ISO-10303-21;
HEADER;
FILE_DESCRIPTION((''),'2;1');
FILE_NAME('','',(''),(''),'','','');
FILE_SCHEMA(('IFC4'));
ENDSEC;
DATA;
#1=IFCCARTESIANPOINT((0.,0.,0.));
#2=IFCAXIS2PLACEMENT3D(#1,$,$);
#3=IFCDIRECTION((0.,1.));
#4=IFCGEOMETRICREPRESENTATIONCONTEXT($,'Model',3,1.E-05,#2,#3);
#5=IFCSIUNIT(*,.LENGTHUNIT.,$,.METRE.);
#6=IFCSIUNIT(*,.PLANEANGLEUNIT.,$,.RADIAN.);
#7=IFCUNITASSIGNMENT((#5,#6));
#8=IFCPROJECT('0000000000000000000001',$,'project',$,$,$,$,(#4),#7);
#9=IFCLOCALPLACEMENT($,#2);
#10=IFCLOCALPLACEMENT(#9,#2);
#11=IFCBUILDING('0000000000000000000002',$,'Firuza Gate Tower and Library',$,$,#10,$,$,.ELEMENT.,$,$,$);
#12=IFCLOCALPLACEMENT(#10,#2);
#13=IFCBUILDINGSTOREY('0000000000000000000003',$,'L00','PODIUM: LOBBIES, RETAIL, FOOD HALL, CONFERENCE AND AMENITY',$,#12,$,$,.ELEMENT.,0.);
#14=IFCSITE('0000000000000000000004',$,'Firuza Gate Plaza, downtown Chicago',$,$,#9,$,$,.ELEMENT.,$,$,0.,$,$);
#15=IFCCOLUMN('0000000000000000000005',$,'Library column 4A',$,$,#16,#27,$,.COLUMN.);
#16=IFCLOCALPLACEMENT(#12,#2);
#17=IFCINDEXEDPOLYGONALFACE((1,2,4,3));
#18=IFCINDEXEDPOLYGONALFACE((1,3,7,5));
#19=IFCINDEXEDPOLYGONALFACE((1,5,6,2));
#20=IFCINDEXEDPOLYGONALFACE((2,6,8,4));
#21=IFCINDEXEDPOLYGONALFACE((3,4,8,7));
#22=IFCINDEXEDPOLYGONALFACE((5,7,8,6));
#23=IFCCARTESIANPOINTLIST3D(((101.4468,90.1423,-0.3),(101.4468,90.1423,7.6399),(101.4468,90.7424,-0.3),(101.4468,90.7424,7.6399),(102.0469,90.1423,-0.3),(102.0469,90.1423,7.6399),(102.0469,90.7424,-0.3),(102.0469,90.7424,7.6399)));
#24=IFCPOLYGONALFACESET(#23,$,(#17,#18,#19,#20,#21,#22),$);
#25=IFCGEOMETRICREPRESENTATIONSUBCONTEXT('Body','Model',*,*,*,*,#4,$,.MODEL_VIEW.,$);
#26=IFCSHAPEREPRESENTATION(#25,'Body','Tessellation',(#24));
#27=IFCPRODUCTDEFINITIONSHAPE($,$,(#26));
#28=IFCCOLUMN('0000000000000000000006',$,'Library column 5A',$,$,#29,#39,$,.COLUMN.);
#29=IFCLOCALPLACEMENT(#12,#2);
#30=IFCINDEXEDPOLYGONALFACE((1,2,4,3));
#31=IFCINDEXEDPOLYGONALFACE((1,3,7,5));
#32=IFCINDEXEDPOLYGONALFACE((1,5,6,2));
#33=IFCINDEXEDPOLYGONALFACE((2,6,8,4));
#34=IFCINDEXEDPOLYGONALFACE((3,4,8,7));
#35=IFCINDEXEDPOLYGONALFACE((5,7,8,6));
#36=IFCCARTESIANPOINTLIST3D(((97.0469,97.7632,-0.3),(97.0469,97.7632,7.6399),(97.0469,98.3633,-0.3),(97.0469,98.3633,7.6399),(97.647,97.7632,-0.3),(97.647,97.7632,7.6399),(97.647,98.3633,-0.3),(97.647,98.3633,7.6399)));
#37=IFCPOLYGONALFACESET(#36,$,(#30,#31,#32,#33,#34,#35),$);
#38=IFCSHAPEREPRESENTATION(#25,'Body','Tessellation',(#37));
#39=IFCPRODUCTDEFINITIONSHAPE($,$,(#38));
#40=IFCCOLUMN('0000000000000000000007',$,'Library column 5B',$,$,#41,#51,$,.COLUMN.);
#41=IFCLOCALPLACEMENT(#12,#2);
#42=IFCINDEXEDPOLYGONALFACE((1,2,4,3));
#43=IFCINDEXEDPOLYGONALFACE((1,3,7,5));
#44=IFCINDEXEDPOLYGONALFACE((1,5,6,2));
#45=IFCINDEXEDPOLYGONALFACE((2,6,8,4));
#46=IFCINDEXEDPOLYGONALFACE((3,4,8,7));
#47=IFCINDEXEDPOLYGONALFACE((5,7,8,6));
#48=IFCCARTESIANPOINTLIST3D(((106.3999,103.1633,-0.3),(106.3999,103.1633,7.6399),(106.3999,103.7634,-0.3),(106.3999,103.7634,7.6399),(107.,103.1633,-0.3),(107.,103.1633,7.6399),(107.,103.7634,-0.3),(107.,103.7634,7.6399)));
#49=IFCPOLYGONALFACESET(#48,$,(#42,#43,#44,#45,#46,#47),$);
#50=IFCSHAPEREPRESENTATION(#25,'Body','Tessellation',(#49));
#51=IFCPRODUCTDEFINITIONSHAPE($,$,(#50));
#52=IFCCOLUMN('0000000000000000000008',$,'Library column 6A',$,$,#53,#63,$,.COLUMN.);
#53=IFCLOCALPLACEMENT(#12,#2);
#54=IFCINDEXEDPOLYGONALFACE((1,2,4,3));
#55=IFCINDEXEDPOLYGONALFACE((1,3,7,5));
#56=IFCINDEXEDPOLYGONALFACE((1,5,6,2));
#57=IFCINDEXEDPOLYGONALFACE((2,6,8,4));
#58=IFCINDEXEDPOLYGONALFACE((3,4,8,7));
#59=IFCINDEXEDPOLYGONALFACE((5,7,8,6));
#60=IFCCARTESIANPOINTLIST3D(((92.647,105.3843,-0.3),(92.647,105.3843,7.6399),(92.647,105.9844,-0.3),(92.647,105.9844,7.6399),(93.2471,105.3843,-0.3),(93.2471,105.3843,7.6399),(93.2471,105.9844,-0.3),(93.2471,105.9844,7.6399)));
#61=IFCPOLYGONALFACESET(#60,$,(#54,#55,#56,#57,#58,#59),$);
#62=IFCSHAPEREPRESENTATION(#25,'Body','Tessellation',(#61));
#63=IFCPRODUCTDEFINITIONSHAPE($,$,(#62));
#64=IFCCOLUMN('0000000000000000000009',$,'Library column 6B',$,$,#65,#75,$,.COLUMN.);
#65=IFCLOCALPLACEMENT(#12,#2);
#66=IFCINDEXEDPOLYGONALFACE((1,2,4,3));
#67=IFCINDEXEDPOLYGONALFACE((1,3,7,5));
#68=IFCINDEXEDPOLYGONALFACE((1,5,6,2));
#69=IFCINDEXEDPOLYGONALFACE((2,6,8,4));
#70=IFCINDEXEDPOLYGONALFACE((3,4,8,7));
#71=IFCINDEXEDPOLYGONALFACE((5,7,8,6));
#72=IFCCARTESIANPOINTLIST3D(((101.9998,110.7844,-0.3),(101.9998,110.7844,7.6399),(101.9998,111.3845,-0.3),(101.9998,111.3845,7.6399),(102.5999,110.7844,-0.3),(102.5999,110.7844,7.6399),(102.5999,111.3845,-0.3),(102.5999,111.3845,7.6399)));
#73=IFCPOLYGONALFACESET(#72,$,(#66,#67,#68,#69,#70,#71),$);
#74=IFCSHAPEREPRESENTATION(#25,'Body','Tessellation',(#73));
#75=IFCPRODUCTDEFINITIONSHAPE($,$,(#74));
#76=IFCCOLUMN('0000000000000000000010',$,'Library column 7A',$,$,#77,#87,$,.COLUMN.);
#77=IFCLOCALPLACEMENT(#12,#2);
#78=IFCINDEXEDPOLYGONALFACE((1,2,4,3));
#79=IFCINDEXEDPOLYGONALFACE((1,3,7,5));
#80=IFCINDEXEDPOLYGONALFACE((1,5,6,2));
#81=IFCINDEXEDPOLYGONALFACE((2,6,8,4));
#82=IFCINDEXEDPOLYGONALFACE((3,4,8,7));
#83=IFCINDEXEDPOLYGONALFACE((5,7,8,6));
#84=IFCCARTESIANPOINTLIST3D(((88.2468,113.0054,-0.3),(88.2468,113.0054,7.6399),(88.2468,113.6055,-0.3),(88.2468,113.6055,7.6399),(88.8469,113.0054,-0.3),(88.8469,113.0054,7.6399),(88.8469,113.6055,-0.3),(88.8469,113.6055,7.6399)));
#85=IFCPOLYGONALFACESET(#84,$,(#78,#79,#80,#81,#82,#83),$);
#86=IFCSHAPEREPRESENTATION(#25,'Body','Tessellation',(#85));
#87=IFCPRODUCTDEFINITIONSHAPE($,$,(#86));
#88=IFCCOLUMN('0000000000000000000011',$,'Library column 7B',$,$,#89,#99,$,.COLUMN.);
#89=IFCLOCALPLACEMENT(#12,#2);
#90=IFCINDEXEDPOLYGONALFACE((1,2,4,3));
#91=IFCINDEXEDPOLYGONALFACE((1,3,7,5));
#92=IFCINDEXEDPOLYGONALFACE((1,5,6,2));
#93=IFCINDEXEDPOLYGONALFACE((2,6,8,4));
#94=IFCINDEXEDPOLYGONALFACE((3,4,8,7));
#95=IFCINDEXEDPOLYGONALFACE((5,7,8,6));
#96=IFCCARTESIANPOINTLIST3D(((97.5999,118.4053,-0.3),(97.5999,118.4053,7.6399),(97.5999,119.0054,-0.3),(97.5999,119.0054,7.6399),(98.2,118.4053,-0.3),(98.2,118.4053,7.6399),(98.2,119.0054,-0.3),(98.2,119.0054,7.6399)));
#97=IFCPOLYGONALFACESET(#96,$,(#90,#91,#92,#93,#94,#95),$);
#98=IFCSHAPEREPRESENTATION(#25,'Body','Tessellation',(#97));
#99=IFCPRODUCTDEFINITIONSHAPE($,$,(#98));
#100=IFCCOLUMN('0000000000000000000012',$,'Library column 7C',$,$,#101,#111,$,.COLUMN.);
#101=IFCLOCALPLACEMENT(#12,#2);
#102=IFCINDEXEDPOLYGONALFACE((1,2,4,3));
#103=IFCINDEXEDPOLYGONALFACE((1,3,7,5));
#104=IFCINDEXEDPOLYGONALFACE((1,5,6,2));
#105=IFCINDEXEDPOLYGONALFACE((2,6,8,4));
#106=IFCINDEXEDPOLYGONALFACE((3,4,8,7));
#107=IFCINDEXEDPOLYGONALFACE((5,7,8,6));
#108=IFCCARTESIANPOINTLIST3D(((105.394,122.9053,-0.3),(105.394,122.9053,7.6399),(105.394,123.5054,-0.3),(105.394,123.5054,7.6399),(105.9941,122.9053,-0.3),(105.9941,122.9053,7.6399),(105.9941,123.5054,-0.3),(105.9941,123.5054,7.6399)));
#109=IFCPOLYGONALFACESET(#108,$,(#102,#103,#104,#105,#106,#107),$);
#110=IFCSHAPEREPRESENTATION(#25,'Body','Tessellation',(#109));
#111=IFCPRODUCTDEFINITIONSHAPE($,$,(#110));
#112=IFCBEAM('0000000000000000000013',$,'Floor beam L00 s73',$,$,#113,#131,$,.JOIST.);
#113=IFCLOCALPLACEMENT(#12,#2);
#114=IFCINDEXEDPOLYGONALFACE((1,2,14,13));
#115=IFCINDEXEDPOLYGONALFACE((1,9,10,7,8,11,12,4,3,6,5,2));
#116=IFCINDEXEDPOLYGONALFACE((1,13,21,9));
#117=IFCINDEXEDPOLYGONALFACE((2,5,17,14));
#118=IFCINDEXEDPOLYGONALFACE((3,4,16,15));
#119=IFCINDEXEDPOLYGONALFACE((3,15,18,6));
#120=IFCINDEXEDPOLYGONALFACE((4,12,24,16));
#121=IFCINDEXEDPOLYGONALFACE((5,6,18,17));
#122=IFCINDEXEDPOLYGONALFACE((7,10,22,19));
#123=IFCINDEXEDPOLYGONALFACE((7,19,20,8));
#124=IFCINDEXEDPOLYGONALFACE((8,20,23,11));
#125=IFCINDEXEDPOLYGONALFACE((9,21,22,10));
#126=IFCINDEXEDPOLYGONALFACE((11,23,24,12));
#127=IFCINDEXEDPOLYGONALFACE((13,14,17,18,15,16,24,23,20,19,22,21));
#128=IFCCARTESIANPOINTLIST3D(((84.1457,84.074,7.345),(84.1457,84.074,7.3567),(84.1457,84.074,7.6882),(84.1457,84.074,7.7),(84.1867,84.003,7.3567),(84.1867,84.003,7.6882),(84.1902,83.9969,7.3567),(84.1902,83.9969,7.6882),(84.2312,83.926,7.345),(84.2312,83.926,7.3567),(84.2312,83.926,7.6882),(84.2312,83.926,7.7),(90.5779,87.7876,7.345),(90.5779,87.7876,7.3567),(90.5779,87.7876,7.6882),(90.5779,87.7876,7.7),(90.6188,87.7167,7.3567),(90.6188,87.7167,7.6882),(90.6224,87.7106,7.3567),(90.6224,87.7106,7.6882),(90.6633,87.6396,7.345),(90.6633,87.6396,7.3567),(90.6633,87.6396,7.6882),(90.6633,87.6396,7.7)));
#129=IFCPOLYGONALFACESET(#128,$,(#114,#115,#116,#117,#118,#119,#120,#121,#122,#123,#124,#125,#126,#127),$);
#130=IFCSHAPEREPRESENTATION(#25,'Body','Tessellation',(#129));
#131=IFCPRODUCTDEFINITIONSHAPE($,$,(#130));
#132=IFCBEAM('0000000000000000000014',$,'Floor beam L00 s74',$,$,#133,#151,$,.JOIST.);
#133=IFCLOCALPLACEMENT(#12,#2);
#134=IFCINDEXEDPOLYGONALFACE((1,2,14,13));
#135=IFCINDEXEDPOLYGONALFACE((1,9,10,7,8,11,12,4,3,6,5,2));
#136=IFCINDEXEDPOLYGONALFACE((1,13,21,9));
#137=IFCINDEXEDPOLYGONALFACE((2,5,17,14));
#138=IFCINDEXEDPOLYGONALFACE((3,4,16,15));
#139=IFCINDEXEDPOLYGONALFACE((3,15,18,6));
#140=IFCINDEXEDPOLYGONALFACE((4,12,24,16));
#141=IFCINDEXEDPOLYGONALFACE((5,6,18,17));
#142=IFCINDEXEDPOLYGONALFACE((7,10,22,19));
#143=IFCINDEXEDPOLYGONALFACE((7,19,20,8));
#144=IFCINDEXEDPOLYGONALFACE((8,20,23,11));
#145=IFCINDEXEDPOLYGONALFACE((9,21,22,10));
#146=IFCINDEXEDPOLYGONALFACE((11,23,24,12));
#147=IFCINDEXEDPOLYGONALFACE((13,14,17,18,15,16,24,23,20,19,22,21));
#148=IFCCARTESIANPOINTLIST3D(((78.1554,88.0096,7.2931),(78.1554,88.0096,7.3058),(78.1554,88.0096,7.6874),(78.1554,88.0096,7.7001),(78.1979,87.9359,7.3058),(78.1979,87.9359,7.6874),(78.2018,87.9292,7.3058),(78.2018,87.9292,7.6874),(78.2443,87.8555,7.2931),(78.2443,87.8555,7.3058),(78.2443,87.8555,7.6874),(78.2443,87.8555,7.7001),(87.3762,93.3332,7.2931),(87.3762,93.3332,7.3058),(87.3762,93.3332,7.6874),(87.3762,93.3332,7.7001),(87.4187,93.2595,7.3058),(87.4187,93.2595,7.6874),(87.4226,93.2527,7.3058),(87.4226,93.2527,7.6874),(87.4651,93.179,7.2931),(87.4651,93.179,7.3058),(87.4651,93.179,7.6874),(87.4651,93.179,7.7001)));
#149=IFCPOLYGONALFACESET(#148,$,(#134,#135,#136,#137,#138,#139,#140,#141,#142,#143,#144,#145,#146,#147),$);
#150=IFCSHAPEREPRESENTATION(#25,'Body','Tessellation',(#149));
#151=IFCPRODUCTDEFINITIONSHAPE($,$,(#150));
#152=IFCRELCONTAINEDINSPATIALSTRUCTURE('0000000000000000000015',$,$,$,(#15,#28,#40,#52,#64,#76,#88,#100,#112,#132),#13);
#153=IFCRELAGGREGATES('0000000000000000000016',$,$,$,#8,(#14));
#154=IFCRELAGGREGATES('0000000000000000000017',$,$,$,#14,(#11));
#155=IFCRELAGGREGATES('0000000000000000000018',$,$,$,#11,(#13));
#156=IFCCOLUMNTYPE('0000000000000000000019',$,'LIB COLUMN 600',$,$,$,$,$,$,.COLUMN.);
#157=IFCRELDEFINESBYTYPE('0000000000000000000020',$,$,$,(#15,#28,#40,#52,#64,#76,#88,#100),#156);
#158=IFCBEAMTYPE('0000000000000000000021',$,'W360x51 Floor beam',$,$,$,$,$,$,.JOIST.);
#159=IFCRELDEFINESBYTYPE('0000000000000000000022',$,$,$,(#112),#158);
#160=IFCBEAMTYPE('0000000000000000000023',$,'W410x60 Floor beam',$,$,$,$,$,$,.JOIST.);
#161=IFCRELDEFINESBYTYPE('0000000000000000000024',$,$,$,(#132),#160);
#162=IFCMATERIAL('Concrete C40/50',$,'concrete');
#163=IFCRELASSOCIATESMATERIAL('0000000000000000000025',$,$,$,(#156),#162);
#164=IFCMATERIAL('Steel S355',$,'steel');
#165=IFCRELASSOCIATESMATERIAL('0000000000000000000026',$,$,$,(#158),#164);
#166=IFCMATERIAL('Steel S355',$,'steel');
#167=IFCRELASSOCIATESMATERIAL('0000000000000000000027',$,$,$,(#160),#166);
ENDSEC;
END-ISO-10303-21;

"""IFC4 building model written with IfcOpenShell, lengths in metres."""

from ifc_helpers import new_model, si_unit, direction, frame, origin, origin_2d, place, context, subcontext, project, spatial, rectangle, i_section, extrude, material, material_profile, profile_set, type_object, element, save


model = new_model("IFC4")

# Units and contexts
model_context = context("Model", 3, precision=1e-05, world=origin(), true_north=direction((0.0, 1.0)))
body_context = subcontext(model_context, "Body", "Model", "MODEL_VIEW")
ifc_project = project(units=[si_unit("LENGTHUNIT", "METRE"), si_unit("PLANEANGLEUNIT", "RADIAN")], contexts=[model_context])

# Site, building, storey
site_placement = place(None, origin())
site = spatial("IfcSite", under=ifc_project, at=site_placement, Name="Firuza Gate Plaza, downtown Chicago", CompositionType="ELEMENT", RefElevation=0.0)
building_placement = place(site_placement, origin())
building = spatial("IfcBuilding", under=site, at=building_placement, Name="Firuza Gate Tower and Library", CompositionType="ELEMENT")
storey_placement = place(building_placement, origin())
storey = spatial("IfcBuildingStorey", under=building, at=storey_placement, Name="L00", Description="PODIUM: LOBBIES, RETAIL, FOOD HALL, CONFERENCE AND AMENITY", CompositionType="ELEMENT", Elevation=0.0)

# Columns
ifc_material_1 = material(Name="Concrete C40/50", Category="concrete")
ifc_material_profile_1 = material_profile(ifc_material_1, rectangle(XDim=0.6001, YDim=0.6001, at=origin_2d()))
ifc_profile_set_1 = profile_set([ifc_material_profile_1], Name="Concrete C40/50")
column_type = type_object("IfcColumnType", Name="LIB COLUMN 600", PredefinedType="COLUMN", material=ifc_profile_set_1)
for number, where, z_axis, x_axis, name in (
    (1, (101.7468, 90.4424, -0.3), (0.0, 0.0, 1.0), (1.0, 0.0, 0.0), "Library column 4A"),
    (2, (97.3469, 98.0632, -0.3), (0.0, 0.0, 1.0), (1.0, 0.0, 0.0), "Library column 5A"),
    (3, (106.7, 103.4634, -0.3), (0.0, 0.0, 1.0), (1.0, 0.0, 0.0), "Library column 5B"),
    (4, (92.947, 105.6843, -0.3), (0.0, 0.0, 1.0), (1.0, 0.0, 0.0), "Library column 6A"),
    (5, (102.2998, 111.0845, -0.3), (0.0, 0.0, 1.0), (1.0, 0.0, 0.0), "Library column 6B"),
    (6, (88.5469, 113.3054, -0.3), (0.0, 0.0, 1.0), (1.0, 0.0, 0.0), "Library column 7A"),
    (7, (97.8999, 118.7053, -0.3), (0.0, 0.0, 1.0), (1.0, 0.0, 0.0), "Library column 7B"),
    (8, (105.6941, 123.2053, -0.3), (0.0, 0.0, 1.0), (1.0, 0.0, 0.0), "Library column 7C"),
):
    element("IfcColumn", number, at=place(storey_placement, frame(where, z_axis=z_axis, x_axis=x_axis)), inside=storey, type_object=column_type, Name=name, PredefinedType="COLUMN", context=body_context, shape_type="SweptSolid", body=[
        extrude(rectangle(XDim=0.6001, YDim=0.6001, at=origin_2d()), origin(), (0.0, 0.0, 1.0), 7.9399),
    ])

# Beams
ifc_material_2 = material(Name="Steel S355", Category="steel")
ifc_material_profile_2 = material_profile(ifc_material_2, i_section(OverallWidth=0.1709, OverallDepth=0.355, WebThickness=0.0071, FlangeThickness=0.0117, at=origin_2d()))
ifc_profile_set_2 = profile_set([ifc_material_profile_2], Name="Steel S355")
beam_type_1 = type_object("IfcBeamType", Name="W360x51 Floor beam", PredefinedType="JOIST", material=ifc_profile_set_2)
beam_1_placement = place(storey_placement, frame((90.6206, 87.7136, 7.5225), z_axis=(-0.866024, -0.500003, 0.0), x_axis=(0.500003, -0.866024, 0.0)))
element("IfcBeam", 9, at=beam_1_placement, inside=storey, type_object=beam_type_1, Name="Floor beam L00 s73", PredefinedType="JOIST", context=body_context, shape_type="SweptSolid", body=[
    extrude(i_section(OverallWidth=0.1709, OverallDepth=0.355, WebThickness=0.0071, FlangeThickness=0.0117, at=origin_2d()), origin(), (0.0, 0.0, 1.0), 7.4272),
])
ifc_material_3 = material(Name="Steel S355", Category="steel")
ifc_material_profile_3 = material_profile(ifc_material_3, i_section(OverallWidth=0.178, OverallDepth=0.407, WebThickness=0.0078, FlangeThickness=0.0127, at=origin_2d()))
ifc_profile_set_3 = profile_set([ifc_material_profile_3], Name="Steel S355")
beam_type_2 = type_object("IfcBeamType", Name="W410x60 Floor beam", PredefinedType="JOIST", material=ifc_profile_set_3)
beam_2_placement = place(storey_placement, frame((87.4207, 93.2561, 7.4966), z_axis=(-0.866029, -0.499994, 0.0), x_axis=(0.499994, -0.866029, 0.0)))
element("IfcBeam", 10, at=beam_2_placement, inside=storey, type_object=beam_type_2, Name="Floor beam L00 s74", PredefinedType="JOIST", context=body_context, shape_type="SweptSolid", body=[
    extrude(i_section(OverallWidth=0.178, OverallDepth=0.407, WebThickness=0.0078, FlangeThickness=0.0127, at=origin_2d()), origin(), (0.0, 0.0, 1.0), 10.6472),
])

save(model, "model.ifc")
